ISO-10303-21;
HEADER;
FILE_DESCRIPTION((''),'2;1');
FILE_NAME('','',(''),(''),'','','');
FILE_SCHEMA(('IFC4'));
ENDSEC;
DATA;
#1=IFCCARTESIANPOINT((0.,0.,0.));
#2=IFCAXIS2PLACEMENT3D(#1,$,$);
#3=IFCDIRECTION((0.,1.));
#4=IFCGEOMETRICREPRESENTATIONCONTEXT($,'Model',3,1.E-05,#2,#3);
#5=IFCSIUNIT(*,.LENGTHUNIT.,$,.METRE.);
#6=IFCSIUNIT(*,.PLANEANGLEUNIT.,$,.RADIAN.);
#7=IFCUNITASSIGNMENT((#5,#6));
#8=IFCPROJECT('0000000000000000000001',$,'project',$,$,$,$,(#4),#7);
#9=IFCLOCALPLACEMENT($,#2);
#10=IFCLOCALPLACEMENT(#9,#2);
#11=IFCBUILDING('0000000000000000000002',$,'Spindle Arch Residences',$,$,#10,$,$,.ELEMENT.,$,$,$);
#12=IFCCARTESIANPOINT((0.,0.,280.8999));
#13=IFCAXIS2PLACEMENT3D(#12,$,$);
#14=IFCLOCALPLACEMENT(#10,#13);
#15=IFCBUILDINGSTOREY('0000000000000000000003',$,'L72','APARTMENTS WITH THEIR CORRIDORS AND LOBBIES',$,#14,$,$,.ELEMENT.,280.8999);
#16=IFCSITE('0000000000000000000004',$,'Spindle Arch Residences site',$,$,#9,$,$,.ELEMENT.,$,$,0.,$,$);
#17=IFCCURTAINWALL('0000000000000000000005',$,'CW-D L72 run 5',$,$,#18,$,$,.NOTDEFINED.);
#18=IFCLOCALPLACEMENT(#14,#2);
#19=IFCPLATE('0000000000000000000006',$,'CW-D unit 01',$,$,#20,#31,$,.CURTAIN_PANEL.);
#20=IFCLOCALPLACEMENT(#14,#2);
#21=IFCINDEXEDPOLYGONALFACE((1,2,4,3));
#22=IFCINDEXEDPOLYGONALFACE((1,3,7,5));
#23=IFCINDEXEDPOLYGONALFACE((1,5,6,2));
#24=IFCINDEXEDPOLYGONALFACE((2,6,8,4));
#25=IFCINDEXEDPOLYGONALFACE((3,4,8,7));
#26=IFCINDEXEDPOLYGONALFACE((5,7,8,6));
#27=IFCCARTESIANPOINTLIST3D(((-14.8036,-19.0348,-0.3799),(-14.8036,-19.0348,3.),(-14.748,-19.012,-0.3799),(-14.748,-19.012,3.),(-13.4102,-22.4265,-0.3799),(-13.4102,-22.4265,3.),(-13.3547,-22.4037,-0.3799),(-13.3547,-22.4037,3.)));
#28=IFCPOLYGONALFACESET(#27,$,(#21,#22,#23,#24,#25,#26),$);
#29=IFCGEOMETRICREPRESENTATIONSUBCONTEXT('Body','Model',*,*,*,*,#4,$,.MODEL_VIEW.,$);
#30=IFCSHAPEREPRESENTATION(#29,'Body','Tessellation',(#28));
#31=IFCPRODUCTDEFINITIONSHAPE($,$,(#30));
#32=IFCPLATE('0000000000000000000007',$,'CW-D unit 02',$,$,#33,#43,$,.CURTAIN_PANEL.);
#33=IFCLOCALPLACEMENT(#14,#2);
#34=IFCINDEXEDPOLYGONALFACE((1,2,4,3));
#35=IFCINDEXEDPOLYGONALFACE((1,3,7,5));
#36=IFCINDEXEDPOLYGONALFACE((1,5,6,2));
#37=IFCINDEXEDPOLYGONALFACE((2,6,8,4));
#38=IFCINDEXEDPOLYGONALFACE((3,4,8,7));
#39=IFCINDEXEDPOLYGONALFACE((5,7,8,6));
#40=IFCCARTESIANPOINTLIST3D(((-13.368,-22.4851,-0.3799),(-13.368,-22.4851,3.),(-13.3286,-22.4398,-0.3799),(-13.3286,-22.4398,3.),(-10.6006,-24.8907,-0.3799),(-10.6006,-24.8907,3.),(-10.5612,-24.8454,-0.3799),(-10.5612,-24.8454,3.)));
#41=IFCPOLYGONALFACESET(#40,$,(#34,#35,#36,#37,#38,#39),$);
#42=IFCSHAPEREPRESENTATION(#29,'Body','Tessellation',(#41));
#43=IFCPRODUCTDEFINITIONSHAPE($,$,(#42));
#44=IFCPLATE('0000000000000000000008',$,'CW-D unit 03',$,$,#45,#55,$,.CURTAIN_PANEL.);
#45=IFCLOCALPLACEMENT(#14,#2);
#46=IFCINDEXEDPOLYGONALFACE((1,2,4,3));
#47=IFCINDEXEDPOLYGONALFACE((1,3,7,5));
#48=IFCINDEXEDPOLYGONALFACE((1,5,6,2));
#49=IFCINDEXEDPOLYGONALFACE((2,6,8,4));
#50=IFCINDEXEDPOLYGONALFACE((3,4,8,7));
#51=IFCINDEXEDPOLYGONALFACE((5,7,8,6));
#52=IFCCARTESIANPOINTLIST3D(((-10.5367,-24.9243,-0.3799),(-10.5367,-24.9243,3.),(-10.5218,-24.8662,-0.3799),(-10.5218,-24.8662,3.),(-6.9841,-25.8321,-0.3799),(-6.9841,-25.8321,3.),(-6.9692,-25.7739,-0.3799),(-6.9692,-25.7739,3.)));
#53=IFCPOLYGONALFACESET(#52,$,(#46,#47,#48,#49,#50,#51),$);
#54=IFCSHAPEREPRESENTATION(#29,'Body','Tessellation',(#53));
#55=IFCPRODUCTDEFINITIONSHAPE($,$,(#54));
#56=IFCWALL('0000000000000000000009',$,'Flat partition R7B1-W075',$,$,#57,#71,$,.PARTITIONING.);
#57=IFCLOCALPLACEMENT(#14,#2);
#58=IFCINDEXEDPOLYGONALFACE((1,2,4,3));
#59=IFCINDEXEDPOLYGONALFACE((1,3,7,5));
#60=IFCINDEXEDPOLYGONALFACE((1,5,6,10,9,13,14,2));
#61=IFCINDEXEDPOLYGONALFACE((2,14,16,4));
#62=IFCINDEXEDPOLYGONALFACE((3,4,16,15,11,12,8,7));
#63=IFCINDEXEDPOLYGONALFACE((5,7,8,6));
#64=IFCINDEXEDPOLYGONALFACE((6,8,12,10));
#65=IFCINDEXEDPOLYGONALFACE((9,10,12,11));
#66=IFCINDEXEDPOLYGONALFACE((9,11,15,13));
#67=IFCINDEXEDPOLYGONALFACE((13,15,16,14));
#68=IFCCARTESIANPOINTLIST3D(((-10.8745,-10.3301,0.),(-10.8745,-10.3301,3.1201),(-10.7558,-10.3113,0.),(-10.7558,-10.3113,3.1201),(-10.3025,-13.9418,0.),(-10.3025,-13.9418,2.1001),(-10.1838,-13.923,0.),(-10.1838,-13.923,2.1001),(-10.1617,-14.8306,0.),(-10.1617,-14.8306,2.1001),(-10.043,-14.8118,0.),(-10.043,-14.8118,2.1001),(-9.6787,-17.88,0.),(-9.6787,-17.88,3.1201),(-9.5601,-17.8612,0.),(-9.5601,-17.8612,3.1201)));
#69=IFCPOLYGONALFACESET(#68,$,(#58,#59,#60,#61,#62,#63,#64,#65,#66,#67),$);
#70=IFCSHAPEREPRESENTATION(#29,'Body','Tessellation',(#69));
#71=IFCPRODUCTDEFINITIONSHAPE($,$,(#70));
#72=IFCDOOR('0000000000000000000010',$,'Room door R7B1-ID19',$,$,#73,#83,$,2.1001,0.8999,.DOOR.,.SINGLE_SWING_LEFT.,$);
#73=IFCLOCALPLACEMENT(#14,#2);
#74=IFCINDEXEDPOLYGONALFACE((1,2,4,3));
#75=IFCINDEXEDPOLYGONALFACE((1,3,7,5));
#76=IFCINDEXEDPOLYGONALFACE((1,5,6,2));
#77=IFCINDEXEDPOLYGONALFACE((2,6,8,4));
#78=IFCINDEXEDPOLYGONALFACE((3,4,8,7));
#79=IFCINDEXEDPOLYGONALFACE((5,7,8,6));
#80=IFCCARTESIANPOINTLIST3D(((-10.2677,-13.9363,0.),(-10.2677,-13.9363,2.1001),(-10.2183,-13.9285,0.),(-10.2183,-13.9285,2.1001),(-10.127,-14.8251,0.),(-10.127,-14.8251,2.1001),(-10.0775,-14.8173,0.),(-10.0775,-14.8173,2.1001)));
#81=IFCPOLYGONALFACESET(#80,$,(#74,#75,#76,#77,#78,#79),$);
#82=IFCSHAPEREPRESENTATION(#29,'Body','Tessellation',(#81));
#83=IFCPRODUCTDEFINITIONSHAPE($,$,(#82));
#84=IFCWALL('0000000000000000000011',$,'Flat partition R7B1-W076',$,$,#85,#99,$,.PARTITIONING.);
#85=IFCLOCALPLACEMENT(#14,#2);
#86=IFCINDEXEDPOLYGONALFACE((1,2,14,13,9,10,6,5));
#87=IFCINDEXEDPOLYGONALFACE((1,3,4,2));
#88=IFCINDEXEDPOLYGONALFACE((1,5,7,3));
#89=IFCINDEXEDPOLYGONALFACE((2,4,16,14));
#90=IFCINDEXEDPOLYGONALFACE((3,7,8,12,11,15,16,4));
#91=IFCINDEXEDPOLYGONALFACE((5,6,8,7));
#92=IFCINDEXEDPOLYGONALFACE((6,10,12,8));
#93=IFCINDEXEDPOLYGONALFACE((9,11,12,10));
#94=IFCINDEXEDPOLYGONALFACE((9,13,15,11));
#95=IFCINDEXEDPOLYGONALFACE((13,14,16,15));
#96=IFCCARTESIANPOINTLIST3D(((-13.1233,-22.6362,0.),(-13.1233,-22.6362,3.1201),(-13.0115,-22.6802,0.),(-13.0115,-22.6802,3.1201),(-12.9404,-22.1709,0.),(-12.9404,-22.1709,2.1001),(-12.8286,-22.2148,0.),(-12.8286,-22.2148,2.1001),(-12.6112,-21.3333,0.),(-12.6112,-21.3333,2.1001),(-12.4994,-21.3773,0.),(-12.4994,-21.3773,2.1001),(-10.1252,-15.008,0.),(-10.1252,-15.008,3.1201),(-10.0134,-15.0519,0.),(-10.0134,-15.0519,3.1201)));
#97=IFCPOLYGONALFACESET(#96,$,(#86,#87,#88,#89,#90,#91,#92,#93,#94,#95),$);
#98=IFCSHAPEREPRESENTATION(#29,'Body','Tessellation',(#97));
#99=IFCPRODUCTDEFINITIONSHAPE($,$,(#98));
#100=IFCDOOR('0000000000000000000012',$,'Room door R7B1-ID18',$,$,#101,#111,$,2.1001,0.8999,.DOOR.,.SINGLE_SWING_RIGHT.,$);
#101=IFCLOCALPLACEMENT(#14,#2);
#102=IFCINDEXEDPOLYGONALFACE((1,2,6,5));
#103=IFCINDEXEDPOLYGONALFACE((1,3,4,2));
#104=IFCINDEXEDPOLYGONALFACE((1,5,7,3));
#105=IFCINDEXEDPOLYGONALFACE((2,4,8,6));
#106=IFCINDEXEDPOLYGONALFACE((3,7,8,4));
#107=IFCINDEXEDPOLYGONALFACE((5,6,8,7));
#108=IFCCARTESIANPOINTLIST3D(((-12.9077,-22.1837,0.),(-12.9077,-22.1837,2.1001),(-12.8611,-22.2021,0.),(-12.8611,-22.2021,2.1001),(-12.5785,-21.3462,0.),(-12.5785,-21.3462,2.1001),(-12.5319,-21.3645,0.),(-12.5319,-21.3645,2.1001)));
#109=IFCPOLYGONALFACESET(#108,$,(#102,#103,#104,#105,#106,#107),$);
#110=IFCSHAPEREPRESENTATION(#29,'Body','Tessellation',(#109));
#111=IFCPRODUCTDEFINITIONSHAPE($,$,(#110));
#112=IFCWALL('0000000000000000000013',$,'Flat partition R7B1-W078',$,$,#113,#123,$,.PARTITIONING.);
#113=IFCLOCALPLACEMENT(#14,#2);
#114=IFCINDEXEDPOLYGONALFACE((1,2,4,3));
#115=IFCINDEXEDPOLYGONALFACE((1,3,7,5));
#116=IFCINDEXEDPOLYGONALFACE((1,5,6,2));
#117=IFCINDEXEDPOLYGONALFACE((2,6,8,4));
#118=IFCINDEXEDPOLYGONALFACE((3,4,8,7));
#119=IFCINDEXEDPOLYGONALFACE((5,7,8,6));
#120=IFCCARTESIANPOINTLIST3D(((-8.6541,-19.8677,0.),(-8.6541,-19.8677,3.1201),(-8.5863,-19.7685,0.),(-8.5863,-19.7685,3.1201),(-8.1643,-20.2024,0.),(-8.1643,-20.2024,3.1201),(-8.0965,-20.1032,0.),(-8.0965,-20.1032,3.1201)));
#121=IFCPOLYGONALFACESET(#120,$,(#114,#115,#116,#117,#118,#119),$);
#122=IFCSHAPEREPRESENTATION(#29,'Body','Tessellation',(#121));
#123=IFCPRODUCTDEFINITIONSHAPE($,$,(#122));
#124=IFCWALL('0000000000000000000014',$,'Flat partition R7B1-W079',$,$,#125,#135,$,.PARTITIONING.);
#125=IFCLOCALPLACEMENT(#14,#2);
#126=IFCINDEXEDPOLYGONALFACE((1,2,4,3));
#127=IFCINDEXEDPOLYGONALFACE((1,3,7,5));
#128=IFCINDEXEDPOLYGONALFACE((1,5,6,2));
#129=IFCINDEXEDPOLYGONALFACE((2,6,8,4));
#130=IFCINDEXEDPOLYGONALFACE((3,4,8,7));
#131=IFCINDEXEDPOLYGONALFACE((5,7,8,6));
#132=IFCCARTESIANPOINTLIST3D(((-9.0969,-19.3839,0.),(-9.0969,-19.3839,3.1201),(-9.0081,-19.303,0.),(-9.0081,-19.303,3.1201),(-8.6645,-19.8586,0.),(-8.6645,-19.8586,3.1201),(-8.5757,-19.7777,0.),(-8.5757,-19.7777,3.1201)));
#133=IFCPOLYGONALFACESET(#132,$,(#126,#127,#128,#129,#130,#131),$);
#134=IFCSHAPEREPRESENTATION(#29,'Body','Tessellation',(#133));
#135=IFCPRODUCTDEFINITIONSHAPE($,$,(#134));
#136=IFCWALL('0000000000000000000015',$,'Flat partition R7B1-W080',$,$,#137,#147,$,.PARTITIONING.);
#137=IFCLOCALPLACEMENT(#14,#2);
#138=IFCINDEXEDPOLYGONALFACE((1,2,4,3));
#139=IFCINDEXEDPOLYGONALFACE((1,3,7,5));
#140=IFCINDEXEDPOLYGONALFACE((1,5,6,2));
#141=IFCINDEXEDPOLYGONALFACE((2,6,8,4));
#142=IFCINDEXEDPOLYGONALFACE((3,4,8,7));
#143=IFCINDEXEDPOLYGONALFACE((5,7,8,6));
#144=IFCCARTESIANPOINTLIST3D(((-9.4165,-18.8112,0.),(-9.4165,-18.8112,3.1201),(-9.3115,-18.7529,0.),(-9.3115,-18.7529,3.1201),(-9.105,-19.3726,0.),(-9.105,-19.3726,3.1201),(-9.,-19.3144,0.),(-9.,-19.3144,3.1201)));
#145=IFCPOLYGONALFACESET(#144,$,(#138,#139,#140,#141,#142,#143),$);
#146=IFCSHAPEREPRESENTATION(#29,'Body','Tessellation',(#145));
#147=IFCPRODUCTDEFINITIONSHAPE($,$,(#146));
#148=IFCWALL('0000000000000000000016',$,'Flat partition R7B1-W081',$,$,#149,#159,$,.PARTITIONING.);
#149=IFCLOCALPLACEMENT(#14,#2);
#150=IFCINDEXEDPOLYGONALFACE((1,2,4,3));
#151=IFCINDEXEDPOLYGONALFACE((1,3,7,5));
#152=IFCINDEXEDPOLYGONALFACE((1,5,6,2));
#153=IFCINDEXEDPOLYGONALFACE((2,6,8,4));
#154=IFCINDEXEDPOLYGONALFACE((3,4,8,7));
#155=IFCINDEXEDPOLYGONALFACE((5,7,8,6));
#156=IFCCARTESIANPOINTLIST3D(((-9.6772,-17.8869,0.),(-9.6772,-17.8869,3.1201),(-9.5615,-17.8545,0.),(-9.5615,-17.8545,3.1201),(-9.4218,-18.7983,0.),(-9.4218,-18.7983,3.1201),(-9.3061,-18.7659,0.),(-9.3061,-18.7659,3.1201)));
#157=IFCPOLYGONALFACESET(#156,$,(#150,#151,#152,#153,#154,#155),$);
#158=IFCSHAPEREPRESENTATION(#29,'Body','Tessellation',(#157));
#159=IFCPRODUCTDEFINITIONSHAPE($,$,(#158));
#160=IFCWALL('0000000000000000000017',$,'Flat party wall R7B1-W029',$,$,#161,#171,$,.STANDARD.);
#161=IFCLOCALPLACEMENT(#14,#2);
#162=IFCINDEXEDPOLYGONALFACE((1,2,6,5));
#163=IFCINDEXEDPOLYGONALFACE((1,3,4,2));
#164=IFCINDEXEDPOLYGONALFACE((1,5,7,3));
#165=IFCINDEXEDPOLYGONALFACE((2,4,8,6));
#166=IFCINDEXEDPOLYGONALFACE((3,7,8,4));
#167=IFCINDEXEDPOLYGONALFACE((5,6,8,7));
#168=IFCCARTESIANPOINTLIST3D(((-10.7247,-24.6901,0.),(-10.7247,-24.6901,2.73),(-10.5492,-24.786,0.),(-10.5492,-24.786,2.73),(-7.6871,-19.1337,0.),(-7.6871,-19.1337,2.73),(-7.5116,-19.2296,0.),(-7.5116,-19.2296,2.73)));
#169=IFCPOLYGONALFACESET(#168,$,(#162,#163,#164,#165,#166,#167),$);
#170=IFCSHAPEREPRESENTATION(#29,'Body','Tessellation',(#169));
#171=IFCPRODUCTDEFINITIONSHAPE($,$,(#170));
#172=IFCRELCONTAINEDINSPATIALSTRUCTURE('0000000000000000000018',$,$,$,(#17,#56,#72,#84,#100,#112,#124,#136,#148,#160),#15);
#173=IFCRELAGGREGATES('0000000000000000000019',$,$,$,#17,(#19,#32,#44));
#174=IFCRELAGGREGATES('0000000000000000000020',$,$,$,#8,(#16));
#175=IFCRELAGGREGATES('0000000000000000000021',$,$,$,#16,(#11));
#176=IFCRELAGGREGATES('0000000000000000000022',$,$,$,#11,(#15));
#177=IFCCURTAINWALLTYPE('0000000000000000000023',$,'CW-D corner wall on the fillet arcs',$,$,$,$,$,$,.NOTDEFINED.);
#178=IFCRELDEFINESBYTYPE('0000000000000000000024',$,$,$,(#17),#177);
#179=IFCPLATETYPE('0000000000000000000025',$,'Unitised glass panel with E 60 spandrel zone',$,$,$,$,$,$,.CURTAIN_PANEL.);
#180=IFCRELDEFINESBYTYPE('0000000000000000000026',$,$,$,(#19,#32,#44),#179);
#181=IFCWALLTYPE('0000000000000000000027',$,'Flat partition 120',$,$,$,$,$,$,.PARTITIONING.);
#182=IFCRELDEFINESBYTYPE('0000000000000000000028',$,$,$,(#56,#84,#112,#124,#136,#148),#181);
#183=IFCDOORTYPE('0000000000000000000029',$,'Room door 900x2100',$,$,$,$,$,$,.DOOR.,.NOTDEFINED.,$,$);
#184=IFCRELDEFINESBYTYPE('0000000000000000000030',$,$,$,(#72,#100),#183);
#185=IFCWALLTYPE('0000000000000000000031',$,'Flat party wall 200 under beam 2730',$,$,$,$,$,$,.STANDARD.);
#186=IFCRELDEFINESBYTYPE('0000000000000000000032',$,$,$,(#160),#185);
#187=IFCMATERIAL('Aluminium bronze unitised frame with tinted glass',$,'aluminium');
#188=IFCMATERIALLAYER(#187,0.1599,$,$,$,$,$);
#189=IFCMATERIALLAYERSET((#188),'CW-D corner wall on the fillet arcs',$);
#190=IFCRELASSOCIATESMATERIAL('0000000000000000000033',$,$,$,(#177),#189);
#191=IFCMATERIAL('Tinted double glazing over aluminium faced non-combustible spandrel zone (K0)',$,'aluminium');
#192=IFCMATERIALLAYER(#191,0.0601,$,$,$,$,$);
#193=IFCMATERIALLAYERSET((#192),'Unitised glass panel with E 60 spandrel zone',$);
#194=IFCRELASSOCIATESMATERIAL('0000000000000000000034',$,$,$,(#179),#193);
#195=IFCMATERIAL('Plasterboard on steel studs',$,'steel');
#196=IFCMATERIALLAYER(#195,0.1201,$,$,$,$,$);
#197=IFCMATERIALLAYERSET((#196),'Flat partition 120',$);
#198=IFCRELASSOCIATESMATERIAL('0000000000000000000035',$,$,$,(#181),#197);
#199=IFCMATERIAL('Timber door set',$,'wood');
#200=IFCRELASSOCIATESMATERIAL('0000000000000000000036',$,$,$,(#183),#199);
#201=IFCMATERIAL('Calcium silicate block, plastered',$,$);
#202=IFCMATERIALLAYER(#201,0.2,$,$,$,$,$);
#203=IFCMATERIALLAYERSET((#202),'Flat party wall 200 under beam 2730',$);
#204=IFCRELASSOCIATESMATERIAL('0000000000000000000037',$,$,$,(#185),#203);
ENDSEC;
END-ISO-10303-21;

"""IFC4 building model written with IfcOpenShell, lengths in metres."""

from ifc_helpers import new_model, si_unit, direction, frame, frame_2d, origin, origin_2d, place, context, subcontext, project, spatial, rectangle, extrude, material, layer, layer_set, type_object, element, fill, aggregate, save


model = new_model("IFC4")

# Units and contexts
model_context = context("Model", 3, precision=1e-05, world=origin(), true_north=direction((0.0, 1.0)))
body_context = subcontext(model_context, "Body", "Model", "MODEL_VIEW")
ifc_project = project(units=[si_unit("LENGTHUNIT", "METRE"), si_unit("PLANEANGLEUNIT", "RADIAN")], contexts=[model_context])

# Site, building, storey
site_placement = place(None, origin())
site = spatial("IfcSite", under=ifc_project, at=site_placement, Name="Spindle Arch Residences site", CompositionType="ELEMENT", RefElevation=0.0)
building_placement = place(site_placement, origin())
building = spatial("IfcBuilding", under=site, at=building_placement, Name="Spindle Arch Residences", CompositionType="ELEMENT")
storey_placement = place(building_placement, frame((0.0, 0.0, 280.8999)))
storey = spatial("IfcBuildingStorey", under=building, at=storey_placement, Name="L72", Description="APARTMENTS WITH THEIR CORRIDORS AND LOBBIES", CompositionType="ELEMENT", Elevation=280.8999)

# Curtain wall
ifc_material_1 = material(Name="Aluminium bronze unitised frame with tinted glass", Category="aluminium")
ifc_layer_1 = layer(ifc_material_1, 0.1599)
ifc_layer_set_1 = layer_set([ifc_layer_1], Name="CW-D corner wall on the fillet arcs")
curtain_wall_type = type_object("IfcCurtainWallType", Name="CW-D corner wall on the fillet arcs", PredefinedType="NOTDEFINED", material=ifc_layer_set_1)
curtain_wall_placement = place(storey_placement, origin())
curtain_wall = element("IfcCurtainWall", 1, at=curtain_wall_placement, inside=storey, type_object=curtain_wall_type, Name="CW-D L72 run 5", PredefinedType="NOTDEFINED")

# Plates
ifc_material_2 = material(Name="Tinted double glazing over aluminium faced non-combustible spandrel zone (K0)", Category="aluminium")
ifc_layer_2 = layer(ifc_material_2, 0.0601)
ifc_layer_set_2 = layer_set([ifc_layer_2], Name="Unitised glass panel with E 60 spandrel zone")
plate_type = type_object("IfcPlateType", Name="Unitised glass panel with E 60 spandrel zone", PredefinedType="CURTAIN_PANEL", material=ifc_layer_set_2)
plate_1_placement = place(storey_placement, frame((-14.0791, -20.7192, -0.3799), z_axis=(0.0, 0.0, 1.0), x_axis=(0.379994, -0.924989, 0.0)))
plate_1 = element("IfcPlate", 2, at=plate_1_placement, type_object=plate_type, Name="CW-D unit 01", PredefinedType="CURTAIN_PANEL", context=body_context, shape_type="SweptSolid", body=[
    extrude(rectangle(XDim=3.6667, YDim=0.0601, at=origin_2d()), origin(), (0.0, 0.0, 1.0), 3.3799),
])
plate_2_placement = place(storey_placement, frame((-11.9646, -23.6653, -0.3799), z_axis=(0.0, 0.0, 1.0), x_axis=(0.75471, -0.656059, 0.0)))
plate_2 = element("IfcPlate", 3, at=plate_2_placement, type_object=plate_type, Name="CW-D unit 02", PredefinedType="CURTAIN_PANEL", context=body_context, shape_type="SweptSolid", body=[
    extrude(rectangle(XDim=3.6667, YDim=0.0601, at=origin_2d()), origin(), (0.0, 0.0, 1.0), 3.3799),
])
plate_3_placement = place(storey_placement, frame((-8.7529, -25.3491, -0.3799), z_axis=(0.0, 0.0, 1.0), x_axis=(0.968872, -0.247563, 0.0)))
plate_3 = element("IfcPlate", 4, at=plate_3_placement, type_object=plate_type, Name="CW-D unit 03", PredefinedType="CURTAIN_PANEL", context=body_context, shape_type="SweptSolid", body=[
    extrude(rectangle(XDim=3.6667, YDim=0.0601, at=origin_2d()), origin(), (0.0, 0.0, 1.0), 3.3799),
])
aggregate(curtain_wall, [plate_1, plate_2, plate_3])

# Walls, openings, doors
ifc_material_3 = material(Name="Plasterboard on steel studs", Category="steel")
ifc_layer_3 = layer(ifc_material_3, 0.1201)
ifc_layer_set_3 = layer_set([ifc_layer_3], Name="Flat partition 120")
wall_type_1 = type_object("IfcWallType", Name="Flat partition 120", PredefinedType="PARTITIONING", material=ifc_layer_set_3)
wall_1_placement = place(storey_placement, frame((-9.6194, -17.8706, 0.0), z_axis=(0.0, 0.0, 1.0), x_axis=(-0.156433, 0.987689, 0.0)))
wall_1 = element("IfcWall", 5, at=wall_1_placement, inside=storey, type_object=wall_type_1, Name="Flat partition R7B1-W075", PredefinedType="PARTITIONING", context=body_context, shape_type="SweptSolid", body=[
    extrude(rectangle(XDim=7.644, YDim=0.1201, at=frame_2d((3.822, 0.0))), origin(), (0.0, 0.0, 1.0), 3.1201),
])
opening_1_placement = place(wall_1_placement, frame((3.0874, 0.0, 0.0)))
opening_1 = element("IfcOpeningElement", 6, at=opening_1_placement, cuts=wall_1, PredefinedType="OPENING", context=body_context, shape_type="SweptSolid", body=[
    extrude(rectangle(XDim=0.8999, YDim=2.1001, at=frame_2d((0.45, 1.05))), frame((0.0, 0.0701, 0.0), z_axis=(0.0, -1.0, 0.0), x_axis=(1.0, 0.0, 0.0)), (0.0, 0.0, 1.0), 0.1401),
])
ifc_material_4 = material(Name="Timber door set", Category="wood")
door_type = type_object("IfcDoorType", Name="Room door 900x2100", OperationType="NOTDEFINED", PredefinedType="DOOR", material=ifc_material_4)
door_1_placement = place(opening_1_placement, origin())
door_1 = element("IfcDoor", 7, at=door_1_placement, inside=storey, type_object=door_type, Name="Room door R7B1-ID19", OperationType="SINGLE_SWING_LEFT", OverallHeight=2.1001, OverallWidth=0.8999, PredefinedType="DOOR", context=body_context, shape_type="SweptSolid", body=[
    extrude(rectangle(XDim=0.8999, YDim=2.1001, at=frame_2d((0.45, 1.05))), frame((0.0, 0.0249, 0.0), z_axis=(0.0, -1.0, 0.0), x_axis=(1.0, 0.0, 0.0)), (0.0, 0.0, 1.0), 0.05),
])
fill(opening_1, door_1)
wall_2_placement = place(storey_placement, frame((-13.0674, -22.6582, 0.0), z_axis=(0.0, 0.0, 1.0), x_axis=(0.365786, 0.930699, 0.0)))
wall_2 = element("IfcWall", 8, at=wall_2_placement, inside=storey, type_object=wall_type_1, Name="Flat partition R7B1-W076", PredefinedType="PARTITIONING", context=body_context, shape_type="SweptSolid", body=[
    extrude(rectangle(XDim=8.1963, YDim=0.1201, at=frame_2d((4.0981, 0.0))), origin(), (0.0, 0.0, 1.0), 3.1201),
])
opening_2_placement = place(wall_2_placement, frame((0.5, 0.0, 0.0)))
opening_2 = element("IfcOpeningElement", 9, at=opening_2_placement, cuts=wall_2, PredefinedType="OPENING", context=body_context, shape_type="SweptSolid", body=[
    extrude(rectangle(XDim=0.8999, YDim=2.1001, at=frame_2d((0.45, 1.05))), frame((0.0, 0.0701, 0.0), z_axis=(0.0, -1.0, 0.0), x_axis=(1.0, 0.0, 0.0)), (0.0, 0.0, 1.0), 0.1401),
])
door_2_placement = place(opening_2_placement, origin())
door_2 = element("IfcDoor", 10, at=door_2_placement, inside=storey, type_object=door_type, Name="Room door R7B1-ID18", OperationType="SINGLE_SWING_RIGHT", OverallHeight=2.1001, OverallWidth=0.8999, PredefinedType="DOOR", context=body_context, shape_type="SweptSolid", body=[
    extrude(rectangle(XDim=0.8999, YDim=2.1001, at=frame_2d((0.45, 1.05))), frame((0.0, 0.0249, 0.0), z_axis=(0.0, -1.0, 0.0), x_axis=(1.0, 0.0, 0.0)), (0.0, 0.0, 1.0), 0.05),
])
fill(opening_2, door_2)

# Walls
wall_3_placement = place(storey_placement, frame((-8.1304, -20.1528, 0.0), z_axis=(0.0, 0.0, 1.0), x_axis=(-0.8256, 0.564256, 0.0)))
element("IfcWall", 11, at=wall_3_placement, inside=storey, type_object=wall_type_1, Name="Flat partition R7B1-W078", PredefinedType="PARTITIONING", context=body_context, shape_type="SweptSolid", body=[
    extrude(rectangle(XDim=0.5933, YDim=0.1201, at=frame_2d((0.2966, 0.0))), origin(), (0.0, 0.0, 1.0), 3.1201),
])
for number, where, z_axis, x_axis, name in (
    (12, (-8.6201, -19.8181, 0.0), (0.0, 0.0, 1.0), (-0.673448, 0.739234, 0.0), "Flat partition R7B1-W079"),
    (13, (-9.0525, -19.3435, 0.0), (0.0, 0.0, 1.0), (-0.485126, 0.874444, 0.0), "Flat partition R7B1-W080"),
):
    element("IfcWall", number, at=place(storey_placement, frame(where, z_axis=z_axis, x_axis=x_axis)), inside=storey, type_object=wall_type_1, Name=name, PredefinedType="PARTITIONING", context=body_context, shape_type="SweptSolid", body=[
        extrude(rectangle(XDim=0.6421, YDim=0.1201, at=frame_2d((0.321, 0.0))), origin(), (0.0, 0.0, 1.0), 3.1201),
    ])
wall_4_placement = place(storey_placement, frame((-9.364, -18.782, 0.0), z_axis=(0.0, 0.0, 1.0), x_axis=(-0.269812, 0.962913, 0.0)))
element("IfcWall", 14, at=wall_4_placement, inside=storey, type_object=wall_type_1, Name="Flat partition R7B1-W081", PredefinedType="PARTITIONING", context=body_context, shape_type="SweptSolid", body=[
    extrude(rectangle(XDim=0.9465, YDim=0.1201, at=frame_2d((0.4731, 0.0))), origin(), (0.0, 0.0, 1.0), 3.1201),
])
ifc_material_5 = material(Name="Calcium silicate block, plastered")
ifc_layer_4 = layer(ifc_material_5, 0.2)
ifc_layer_set_4 = layer_set([ifc_layer_4], Name="Flat party wall 200 under beam 2730")
wall_type_2 = type_object("IfcWallType", Name="Flat party wall 200 under beam 2730", PredefinedType="STANDARD", material=ifc_layer_set_4)
wall_5_placement = place(storey_placement, frame((-10.637, -24.738, 0.0), z_axis=(0.0, 0.0, 1.0), x_axis=(0.479684, 0.877441, 0.0)))
element("IfcWall", 15, at=wall_5_placement, inside=storey, type_object=wall_type_2, Name="Flat party wall R7B1-W029", PredefinedType="STANDARD", context=body_context, shape_type="SweptSolid", body=[
    extrude(rectangle(XDim=6.3325, YDim=0.2, at=frame_2d((3.1663, 0.0))), origin(), (0.0, 0.0, 1.0), 2.73),
])

save(model, "model.ifc")
